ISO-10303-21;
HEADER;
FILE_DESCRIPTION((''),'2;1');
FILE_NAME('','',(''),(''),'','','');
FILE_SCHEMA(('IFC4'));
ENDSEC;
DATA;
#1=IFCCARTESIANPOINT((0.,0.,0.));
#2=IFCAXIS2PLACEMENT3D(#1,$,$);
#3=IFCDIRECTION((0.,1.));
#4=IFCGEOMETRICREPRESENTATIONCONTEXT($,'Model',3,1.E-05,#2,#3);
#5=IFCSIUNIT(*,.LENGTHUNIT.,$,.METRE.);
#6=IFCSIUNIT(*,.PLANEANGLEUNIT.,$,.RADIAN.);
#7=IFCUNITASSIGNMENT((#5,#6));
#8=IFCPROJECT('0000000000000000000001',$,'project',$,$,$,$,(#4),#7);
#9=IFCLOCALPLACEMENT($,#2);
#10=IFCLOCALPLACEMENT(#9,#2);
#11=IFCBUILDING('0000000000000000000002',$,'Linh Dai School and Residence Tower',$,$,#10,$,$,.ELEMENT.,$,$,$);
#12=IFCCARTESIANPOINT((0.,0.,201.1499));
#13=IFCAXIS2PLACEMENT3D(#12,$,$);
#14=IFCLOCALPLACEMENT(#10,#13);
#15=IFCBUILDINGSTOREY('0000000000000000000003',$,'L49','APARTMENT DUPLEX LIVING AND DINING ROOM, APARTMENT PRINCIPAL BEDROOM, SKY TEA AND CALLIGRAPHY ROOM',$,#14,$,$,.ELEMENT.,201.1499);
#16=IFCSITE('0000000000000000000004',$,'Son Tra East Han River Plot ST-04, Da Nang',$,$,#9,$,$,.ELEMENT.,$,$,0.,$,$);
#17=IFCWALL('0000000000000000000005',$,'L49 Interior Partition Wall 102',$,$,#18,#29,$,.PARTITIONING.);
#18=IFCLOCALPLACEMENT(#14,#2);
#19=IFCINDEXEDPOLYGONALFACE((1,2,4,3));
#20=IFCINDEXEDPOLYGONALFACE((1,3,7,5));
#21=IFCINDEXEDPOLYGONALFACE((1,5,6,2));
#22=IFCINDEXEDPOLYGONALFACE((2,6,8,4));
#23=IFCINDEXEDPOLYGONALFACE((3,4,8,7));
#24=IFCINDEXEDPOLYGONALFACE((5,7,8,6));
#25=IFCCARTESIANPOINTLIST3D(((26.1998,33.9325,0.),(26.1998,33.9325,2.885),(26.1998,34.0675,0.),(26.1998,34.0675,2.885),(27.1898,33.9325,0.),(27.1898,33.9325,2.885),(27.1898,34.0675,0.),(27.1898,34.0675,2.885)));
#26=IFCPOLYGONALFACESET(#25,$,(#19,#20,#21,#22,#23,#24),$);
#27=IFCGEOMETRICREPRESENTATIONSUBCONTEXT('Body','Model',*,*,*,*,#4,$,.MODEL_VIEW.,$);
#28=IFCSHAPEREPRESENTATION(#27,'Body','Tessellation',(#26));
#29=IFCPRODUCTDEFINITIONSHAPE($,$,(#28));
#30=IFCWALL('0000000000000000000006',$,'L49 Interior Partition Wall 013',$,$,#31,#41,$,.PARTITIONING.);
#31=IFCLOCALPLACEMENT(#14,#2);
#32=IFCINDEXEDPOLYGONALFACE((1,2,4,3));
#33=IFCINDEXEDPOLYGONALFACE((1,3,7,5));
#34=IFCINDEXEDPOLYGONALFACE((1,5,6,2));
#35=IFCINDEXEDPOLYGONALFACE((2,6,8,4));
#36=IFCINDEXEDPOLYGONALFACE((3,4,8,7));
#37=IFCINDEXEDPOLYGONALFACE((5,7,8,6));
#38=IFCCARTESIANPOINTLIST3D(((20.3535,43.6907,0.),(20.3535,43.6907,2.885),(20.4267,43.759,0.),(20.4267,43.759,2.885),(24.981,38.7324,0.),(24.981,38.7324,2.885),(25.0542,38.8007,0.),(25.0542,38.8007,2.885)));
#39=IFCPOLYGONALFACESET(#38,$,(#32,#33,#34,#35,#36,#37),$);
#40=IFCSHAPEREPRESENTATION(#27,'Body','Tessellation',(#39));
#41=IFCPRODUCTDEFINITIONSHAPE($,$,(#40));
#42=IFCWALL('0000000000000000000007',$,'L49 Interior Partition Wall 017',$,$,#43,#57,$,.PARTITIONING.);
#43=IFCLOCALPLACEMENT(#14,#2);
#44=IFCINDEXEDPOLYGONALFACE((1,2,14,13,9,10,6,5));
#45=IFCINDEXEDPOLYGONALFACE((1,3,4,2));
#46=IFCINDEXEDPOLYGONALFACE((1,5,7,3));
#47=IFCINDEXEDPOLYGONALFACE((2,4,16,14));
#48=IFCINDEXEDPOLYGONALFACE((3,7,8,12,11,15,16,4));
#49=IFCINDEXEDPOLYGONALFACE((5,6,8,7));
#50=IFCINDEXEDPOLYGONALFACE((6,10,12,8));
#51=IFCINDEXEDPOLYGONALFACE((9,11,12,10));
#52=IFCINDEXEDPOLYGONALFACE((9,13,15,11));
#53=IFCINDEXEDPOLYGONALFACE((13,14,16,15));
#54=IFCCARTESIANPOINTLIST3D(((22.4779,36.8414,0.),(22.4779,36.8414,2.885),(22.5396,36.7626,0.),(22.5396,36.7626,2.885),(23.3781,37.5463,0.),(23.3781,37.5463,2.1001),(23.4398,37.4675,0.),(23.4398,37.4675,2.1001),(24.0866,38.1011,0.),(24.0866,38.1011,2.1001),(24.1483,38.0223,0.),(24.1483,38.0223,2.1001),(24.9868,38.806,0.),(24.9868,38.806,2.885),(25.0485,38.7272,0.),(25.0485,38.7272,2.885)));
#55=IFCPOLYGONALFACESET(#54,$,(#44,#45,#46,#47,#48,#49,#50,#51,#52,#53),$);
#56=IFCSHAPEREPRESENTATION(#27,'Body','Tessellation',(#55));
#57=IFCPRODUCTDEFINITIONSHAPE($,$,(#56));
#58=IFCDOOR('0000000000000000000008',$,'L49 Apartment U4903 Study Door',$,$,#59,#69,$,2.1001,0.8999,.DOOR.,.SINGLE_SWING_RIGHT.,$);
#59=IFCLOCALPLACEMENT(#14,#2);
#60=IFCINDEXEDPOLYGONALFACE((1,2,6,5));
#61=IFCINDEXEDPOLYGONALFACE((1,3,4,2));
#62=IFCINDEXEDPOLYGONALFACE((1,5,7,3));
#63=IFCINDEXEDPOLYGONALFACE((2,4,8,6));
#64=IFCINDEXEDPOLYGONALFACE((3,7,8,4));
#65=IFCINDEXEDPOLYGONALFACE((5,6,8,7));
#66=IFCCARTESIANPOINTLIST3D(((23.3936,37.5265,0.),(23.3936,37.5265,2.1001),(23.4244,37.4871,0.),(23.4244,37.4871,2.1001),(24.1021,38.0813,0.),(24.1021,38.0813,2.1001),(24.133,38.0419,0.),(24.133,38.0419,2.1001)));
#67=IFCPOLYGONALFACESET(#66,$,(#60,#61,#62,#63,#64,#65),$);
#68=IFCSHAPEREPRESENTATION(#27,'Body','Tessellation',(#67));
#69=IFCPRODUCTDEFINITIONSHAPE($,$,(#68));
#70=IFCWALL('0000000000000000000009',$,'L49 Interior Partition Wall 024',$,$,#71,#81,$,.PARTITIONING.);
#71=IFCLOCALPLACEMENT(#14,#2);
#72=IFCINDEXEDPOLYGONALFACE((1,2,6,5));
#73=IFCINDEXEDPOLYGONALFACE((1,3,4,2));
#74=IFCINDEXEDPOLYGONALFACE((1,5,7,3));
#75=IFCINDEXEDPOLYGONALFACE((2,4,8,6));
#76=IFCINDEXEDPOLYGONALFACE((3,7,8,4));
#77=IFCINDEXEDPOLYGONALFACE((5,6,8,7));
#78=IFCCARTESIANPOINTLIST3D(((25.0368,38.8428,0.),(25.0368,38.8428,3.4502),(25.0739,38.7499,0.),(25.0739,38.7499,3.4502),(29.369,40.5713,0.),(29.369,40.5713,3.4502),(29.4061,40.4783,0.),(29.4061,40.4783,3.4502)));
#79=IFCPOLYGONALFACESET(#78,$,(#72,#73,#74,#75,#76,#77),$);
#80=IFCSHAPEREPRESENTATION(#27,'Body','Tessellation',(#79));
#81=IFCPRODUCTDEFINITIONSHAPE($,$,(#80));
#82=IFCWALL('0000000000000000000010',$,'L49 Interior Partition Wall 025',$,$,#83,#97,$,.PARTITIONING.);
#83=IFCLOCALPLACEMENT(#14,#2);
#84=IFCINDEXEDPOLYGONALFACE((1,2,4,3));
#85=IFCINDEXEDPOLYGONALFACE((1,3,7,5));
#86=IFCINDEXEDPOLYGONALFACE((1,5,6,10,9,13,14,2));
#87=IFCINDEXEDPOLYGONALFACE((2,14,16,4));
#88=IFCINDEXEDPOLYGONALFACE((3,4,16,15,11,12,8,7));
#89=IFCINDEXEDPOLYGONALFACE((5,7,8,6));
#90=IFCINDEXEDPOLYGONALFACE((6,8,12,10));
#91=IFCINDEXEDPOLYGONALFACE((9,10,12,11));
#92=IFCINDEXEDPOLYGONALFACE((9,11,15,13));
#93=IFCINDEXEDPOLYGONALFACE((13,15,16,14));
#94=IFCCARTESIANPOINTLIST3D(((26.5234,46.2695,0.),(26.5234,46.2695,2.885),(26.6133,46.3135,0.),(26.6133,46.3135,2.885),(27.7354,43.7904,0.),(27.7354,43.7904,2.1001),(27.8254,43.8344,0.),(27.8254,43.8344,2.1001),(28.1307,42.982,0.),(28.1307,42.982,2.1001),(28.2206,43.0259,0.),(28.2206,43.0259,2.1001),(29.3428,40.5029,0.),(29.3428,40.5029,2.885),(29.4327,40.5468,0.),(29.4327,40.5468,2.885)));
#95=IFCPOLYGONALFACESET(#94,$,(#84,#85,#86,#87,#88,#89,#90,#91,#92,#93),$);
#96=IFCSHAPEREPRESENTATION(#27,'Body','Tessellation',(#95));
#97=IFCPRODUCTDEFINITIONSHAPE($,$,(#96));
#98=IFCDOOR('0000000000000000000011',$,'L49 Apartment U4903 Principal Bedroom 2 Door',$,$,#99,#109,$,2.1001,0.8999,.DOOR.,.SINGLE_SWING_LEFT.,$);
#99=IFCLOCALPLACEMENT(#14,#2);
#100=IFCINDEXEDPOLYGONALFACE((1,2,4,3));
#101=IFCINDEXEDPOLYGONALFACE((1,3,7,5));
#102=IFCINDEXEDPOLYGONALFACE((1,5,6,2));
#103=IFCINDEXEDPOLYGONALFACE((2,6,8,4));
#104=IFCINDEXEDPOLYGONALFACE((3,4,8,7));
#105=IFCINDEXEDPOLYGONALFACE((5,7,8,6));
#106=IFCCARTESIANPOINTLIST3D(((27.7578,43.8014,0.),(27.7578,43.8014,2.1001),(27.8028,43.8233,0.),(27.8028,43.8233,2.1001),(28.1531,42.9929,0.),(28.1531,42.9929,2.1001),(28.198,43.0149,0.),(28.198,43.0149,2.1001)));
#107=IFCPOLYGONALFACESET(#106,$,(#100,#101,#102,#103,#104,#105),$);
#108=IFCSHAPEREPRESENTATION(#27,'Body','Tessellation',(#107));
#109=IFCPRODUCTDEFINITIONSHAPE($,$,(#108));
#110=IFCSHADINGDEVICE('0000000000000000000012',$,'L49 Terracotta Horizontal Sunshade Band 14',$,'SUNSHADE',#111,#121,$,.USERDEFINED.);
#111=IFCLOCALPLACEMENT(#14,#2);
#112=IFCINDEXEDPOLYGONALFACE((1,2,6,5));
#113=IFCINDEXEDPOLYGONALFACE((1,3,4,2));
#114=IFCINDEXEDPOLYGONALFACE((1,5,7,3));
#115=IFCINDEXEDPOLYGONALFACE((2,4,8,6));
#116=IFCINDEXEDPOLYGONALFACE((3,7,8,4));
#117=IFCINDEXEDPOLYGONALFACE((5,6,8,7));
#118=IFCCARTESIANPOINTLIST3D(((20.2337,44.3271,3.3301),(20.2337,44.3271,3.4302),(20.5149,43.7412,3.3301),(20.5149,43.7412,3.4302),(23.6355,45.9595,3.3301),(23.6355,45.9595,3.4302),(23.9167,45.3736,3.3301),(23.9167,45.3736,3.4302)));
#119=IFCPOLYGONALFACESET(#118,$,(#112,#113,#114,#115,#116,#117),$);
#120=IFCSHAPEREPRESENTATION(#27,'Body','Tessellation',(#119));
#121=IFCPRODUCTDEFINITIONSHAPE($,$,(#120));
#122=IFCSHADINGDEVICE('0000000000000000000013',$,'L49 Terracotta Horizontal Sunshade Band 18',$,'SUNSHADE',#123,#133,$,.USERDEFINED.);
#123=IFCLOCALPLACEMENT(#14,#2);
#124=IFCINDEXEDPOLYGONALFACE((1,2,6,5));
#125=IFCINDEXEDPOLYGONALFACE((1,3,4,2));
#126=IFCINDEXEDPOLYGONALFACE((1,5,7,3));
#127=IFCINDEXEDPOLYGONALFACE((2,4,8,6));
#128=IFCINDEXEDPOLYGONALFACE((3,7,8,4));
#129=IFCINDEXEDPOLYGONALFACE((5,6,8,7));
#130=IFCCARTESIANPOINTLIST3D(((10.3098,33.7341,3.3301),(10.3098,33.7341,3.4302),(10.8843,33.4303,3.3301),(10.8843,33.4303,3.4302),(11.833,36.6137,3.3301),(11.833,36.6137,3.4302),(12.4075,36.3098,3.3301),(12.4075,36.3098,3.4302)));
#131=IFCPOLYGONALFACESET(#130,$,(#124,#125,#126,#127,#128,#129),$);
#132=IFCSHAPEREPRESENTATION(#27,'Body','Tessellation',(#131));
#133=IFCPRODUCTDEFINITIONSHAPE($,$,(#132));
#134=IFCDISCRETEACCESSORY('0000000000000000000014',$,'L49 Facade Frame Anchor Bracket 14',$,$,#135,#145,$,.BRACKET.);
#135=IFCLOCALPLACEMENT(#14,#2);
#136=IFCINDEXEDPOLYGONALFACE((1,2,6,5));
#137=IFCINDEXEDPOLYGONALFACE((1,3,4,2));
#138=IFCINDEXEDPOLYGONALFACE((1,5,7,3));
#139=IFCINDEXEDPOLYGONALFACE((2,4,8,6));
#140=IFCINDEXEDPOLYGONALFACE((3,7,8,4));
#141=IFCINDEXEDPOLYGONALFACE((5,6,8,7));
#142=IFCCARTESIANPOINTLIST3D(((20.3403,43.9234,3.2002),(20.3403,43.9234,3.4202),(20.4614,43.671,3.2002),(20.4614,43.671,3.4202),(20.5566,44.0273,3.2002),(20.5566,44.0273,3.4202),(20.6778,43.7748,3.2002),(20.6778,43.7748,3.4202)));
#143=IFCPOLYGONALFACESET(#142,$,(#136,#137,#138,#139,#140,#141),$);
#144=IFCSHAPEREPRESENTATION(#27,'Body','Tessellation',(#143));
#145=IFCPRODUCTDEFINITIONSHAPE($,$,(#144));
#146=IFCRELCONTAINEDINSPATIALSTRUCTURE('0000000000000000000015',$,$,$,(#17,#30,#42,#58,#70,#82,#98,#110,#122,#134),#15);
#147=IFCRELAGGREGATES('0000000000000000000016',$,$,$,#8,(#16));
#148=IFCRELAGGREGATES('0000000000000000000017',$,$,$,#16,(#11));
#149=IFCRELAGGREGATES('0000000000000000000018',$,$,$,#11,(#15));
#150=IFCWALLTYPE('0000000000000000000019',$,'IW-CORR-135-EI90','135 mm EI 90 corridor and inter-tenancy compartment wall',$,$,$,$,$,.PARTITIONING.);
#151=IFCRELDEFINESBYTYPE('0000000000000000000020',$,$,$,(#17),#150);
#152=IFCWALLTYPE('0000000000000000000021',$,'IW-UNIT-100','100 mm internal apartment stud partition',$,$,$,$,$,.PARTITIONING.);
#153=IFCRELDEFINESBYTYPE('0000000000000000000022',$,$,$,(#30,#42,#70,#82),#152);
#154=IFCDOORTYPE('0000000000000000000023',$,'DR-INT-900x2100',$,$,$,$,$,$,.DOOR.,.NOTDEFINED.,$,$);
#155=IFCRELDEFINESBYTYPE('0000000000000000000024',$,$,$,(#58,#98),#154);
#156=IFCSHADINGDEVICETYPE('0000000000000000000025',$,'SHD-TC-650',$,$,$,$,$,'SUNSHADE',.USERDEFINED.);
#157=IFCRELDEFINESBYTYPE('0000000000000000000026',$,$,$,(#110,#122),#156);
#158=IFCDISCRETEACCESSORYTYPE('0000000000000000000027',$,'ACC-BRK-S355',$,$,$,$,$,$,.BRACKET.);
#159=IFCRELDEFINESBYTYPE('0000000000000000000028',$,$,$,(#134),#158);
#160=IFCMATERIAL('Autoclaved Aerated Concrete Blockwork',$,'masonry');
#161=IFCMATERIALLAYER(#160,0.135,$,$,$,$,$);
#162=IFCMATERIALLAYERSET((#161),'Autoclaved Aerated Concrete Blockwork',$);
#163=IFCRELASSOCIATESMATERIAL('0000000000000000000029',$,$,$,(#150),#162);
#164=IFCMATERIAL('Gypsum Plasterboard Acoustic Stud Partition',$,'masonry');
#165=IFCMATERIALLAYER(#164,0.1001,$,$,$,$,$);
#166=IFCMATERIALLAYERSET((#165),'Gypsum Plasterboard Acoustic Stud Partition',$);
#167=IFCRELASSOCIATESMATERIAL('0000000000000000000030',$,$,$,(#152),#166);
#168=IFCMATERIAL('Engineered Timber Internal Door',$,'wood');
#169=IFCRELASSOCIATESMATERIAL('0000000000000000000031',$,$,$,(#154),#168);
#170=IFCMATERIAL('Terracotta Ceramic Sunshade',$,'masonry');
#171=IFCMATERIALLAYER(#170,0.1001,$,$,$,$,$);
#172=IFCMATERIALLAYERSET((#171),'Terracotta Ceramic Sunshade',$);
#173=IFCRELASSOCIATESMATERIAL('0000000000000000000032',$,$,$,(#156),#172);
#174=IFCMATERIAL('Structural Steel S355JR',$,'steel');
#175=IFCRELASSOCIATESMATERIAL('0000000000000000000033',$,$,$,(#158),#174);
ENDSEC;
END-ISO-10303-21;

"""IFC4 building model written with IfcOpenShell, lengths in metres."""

from ifc_helpers import new_model, si_unit, direction, frame, frame_2d, origin, origin_2d, place, context, subcontext, project, spatial, rectangle, extrude, source, transform, mapped, material, layer, layer_set, type_object, element, fill, save


model = new_model("IFC4")

# Units and contexts
model_context = context("Model", 3, precision=1e-05, world=origin(), true_north=direction((0.0, 1.0)))
body_context = subcontext(model_context, "Body", "Model", "MODEL_VIEW")
ifc_project = project(units=[si_unit("LENGTHUNIT", "METRE"), si_unit("PLANEANGLEUNIT", "RADIAN")], contexts=[model_context])

# Site, building, storey
site_placement = place(None, origin())
site = spatial("IfcSite", under=ifc_project, at=site_placement, Name="Son Tra East Han River Plot ST-04, Da Nang", CompositionType="ELEMENT", RefElevation=0.0)
building_placement = place(site_placement, origin())
building = spatial("IfcBuilding", under=site, at=building_placement, Name="Linh Dai School and Residence Tower", CompositionType="ELEMENT")
storey_placement = place(building_placement, frame((0.0, 0.0, 201.1499)))
storey = spatial("IfcBuildingStorey", under=building, at=storey_placement, Name="L49", Description="APARTMENT DUPLEX LIVING AND DINING ROOM, APARTMENT PRINCIPAL BEDROOM, SKY TEA AND CALLIGRAPHY ROOM", CompositionType="ELEMENT", Elevation=201.1499)

# Shared definitions
ifc_material_1 = material(Name="Structural Steel S355JR", Category="steel")

# Shared definitions
ifc_material_2 = material(Name="Autoclaved Aerated Concrete Blockwork", Category="masonry")
ifc_layer_1 = layer(ifc_material_2, 0.135)
ifc_layer_set_1 = layer_set([ifc_layer_1], Name="Autoclaved Aerated Concrete Blockwork")
wall_type_1 = type_object("IfcWallType", Name="IW-CORR-135-EI90", Description="135 mm EI 90 corridor and inter-tenancy compartment wall", PredefinedType="PARTITIONING", material=ifc_layer_set_1)

# Walls
wall_1_placement = place(storey_placement, frame((27.1899, 34.0, 0.0), z_axis=(0.0, 0.0, 1.0), x_axis=(-1.0, 0.0, 0.0)))
element("IfcWall", 1, at=wall_1_placement, inside=storey, type_object=wall_type_1, Name="L49 Interior Partition Wall 102", PredefinedType="PARTITIONING", context=body_context, shape_type="SweptSolid", body=[
    extrude(rectangle(XDim=0.99, YDim=0.135, at=frame_2d((0.4951, 0.0))), origin(), (0.0, 0.0, 1.0), 2.885),
])
ifc_material_3 = material(Name="Gypsum Plasterboard Acoustic Stud Partition", Category="masonry")
ifc_layer_2 = layer(ifc_material_3, 0.1001)
ifc_layer_set_2 = layer_set([ifc_layer_2], Name="Gypsum Plasterboard Acoustic Stud Partition")
wall_type_2 = type_object("IfcWallType", Name="IW-UNIT-100", Description="100 mm internal apartment stud partition", PredefinedType="PARTITIONING", material=ifc_layer_set_2)
wall_2_placement = place(storey_placement, frame((20.3901, 43.7249, 0.0), z_axis=(0.0, 0.0, 1.0), x_axis=(0.682298, -0.731074, 0.0)))
element("IfcWall", 2, at=wall_2_placement, inside=storey, type_object=wall_type_2, Name="L49 Interior Partition Wall 013", PredefinedType="PARTITIONING", context=body_context, shape_type="SweptSolid", body=[
    extrude(rectangle(XDim=6.7822, YDim=0.1001, at=frame_2d((3.3911, 0.0))), origin(), (0.0, 0.0, 1.0), 2.885),
])

# Wall, opening, door
wall_3_placement = place(storey_placement, frame((22.5088, 36.802, 0.0), z_axis=(0.0, 0.0, 1.0), x_axis=(0.787322, 0.616542, 0.0)))
wall_3 = element("IfcWall", 3, at=wall_3_placement, inside=storey, type_object=wall_type_2, Name="L49 Interior Partition Wall 017", PredefinedType="PARTITIONING", context=body_context, shape_type="SweptSolid", body=[
    extrude(rectangle(XDim=3.1865, YDim=0.1001, at=frame_2d((1.5933, 0.0))), origin(), (0.0, 0.0, 1.0), 2.885),
])
opening_1_placement = place(wall_3_placement, frame((1.1433, 0.0, 0.0)))
opening_1 = element("IfcOpeningElement", 4, at=opening_1_placement, cuts=wall_3, PredefinedType="OPENING", context=body_context, shape_type="SweptSolid", body=[
    extrude(rectangle(XDim=0.8999, YDim=2.1001, at=origin_2d()), frame((0.45, 0.0601, 1.05), z_axis=(0.0, -1.0, 0.0), x_axis=(1.0, 0.0, 0.0)), (0.0, 0.0, 1.0), 0.1201),
])
ifc_material_4 = material(Name="Engineered Timber Internal Door", Category="wood")
door_type_1 = type_object("IfcDoorType", Name="DR-INT-900x2100", OperationType="NOTDEFINED", PredefinedType="DOOR", material=ifc_material_4)
shared_shape_1 = source(origin(), body_context, "Body", "SweptSolid", [
    extrude(rectangle(XDim=0.8999, YDim=2.1001, at=origin_2d()), frame((0.45, 0.0249, 1.05), z_axis=(0.0, -1.0, 0.0), x_axis=(1.0, 0.0, 0.0)), (0.0, 0.0, 1.0), 0.05),
])
door_1_placement = place(opening_1_placement, origin())
door_1 = element("IfcDoor", 5, at=door_1_placement, inside=storey, type_object=door_type_1, Name="L49 Apartment U4903 Study Door", OperationType="SINGLE_SWING_RIGHT", OverallHeight=2.1001, OverallWidth=0.8999, PredefinedType="DOOR", context=body_context, shape_type="MappedRepresentation", body=[
    mapped(shared_shape_1, transform((0.0, 0.0, 0.0), x_axis=(1.0, 0.0, 0.0), y_axis=(0.0, 1.0, 0.0), z_axis=(0.0, 0.0, 1.0), scale=1.0)),
])
fill(opening_1, door_1)

# Wall
wall_4_placement = place(storey_placement, frame((25.0554, 38.7964, 0.0), z_axis=(0.0, 0.0, 1.0), x_axis=(0.928801, 0.370578, 0.0)))
element("IfcWall", 6, at=wall_4_placement, inside=storey, type_object=wall_type_2, Name="L49 Interior Partition Wall 024", PredefinedType="PARTITIONING", context=body_context, shape_type="SweptSolid", body=[
    extrude(rectangle(XDim=4.6643, YDim=0.1001, at=frame_2d((2.332, 0.0))), origin(), (0.0, 0.0, 1.0), 3.4502),
])

# Wall, opening, door
wall_5_placement = place(storey_placement, frame((26.5684, 46.2915, 0.0), z_axis=(0.0, 0.0, 1.0), x_axis=(0.439224, -0.898378, 0.0)))
wall_5 = element("IfcWall", 7, at=wall_5_placement, inside=storey, type_object=wall_type_2, Name="L49 Interior Partition Wall 025", PredefinedType="PARTITIONING", context=body_context, shape_type="SweptSolid", body=[
    extrude(rectangle(XDim=6.4189, YDim=0.1001, at=frame_2d((3.2095, 0.0))), origin(), (0.0, 0.0, 1.0), 2.885),
])
opening_2_placement = place(wall_5_placement, frame((2.7595, 0.0, 0.0)))
opening_2 = element("IfcOpeningElement", 8, at=opening_2_placement, cuts=wall_5, PredefinedType="OPENING", context=body_context, shape_type="SweptSolid", body=[
    extrude(rectangle(XDim=0.8999, YDim=2.1001, at=origin_2d()), frame((0.45, 0.0601, 1.05), z_axis=(0.0, -1.0, 0.0), x_axis=(1.0, 0.0, 0.0)), (0.0, 0.0, 1.0), 0.1201),
])
door_2_placement = place(opening_2_placement, origin())
door_2 = element("IfcDoor", 9, at=door_2_placement, inside=storey, type_object=door_type_1, Name="L49 Apartment U4903 Principal Bedroom 2 Door", OperationType="SINGLE_SWING_LEFT", OverallHeight=2.1001, OverallWidth=0.8999, PredefinedType="DOOR", context=body_context, shape_type="MappedRepresentation", body=[
    mapped(shared_shape_1, transform((0.0, 0.0, 0.0), x_axis=(1.0, 0.0, 0.0), y_axis=(0.0, 1.0, 0.0), z_axis=(0.0, 0.0, 1.0), scale=1.0)),
])
fill(opening_2, door_2)

# Shading devices
ifc_material_5 = material(Name="Terracotta Ceramic Sunshade", Category="masonry")
ifc_layer_3 = layer(ifc_material_5, 0.1001)
ifc_layer_set_3 = layer_set([ifc_layer_3], Name="Terracotta Ceramic Sunshade")
shading_device_type = type_object("IfcShadingDeviceType", Name="SHD-TC-650", ElementType="SUNSHADE", PredefinedType="USERDEFINED", material=ifc_layer_set_3)
shared_shape_2 = source(origin(), body_context, "Body", "SweptSolid", [
    extrude(rectangle(XDim=3.7732, YDim=0.6499, at=origin_2d()), origin(), (0.0, 0.0, 1.0), 0.1001),
])
shading_device_1_placement = place(storey_placement, frame((22.0752, 44.8503, 3.3301), z_axis=(0.0, 0.0, 1.0), x_axis=(0.901569, 0.432635, 0.0)))
element("IfcShadingDevice", 10, at=shading_device_1_placement, inside=storey, type_object=shading_device_type, Name="L49 Terracotta Horizontal Sunshade Band 14", ObjectType="SUNSHADE", PredefinedType="USERDEFINED", context=body_context, shape_type="MappedRepresentation", body=[
    mapped(shared_shape_2, transform((0.0, 0.0, 0.0), x_axis=(1.0, 0.0, 0.0), y_axis=(0.0, 1.0, 0.0), z_axis=(0.0, 0.0, 1.0), scale=1.0)),
])
shared_shape_3 = source(origin(), body_context, "Body", "SweptSolid", [
    extrude(rectangle(XDim=3.2576, YDim=0.6499, at=origin_2d()), origin(), (0.0, 0.0, 1.0), 0.1001),
])
shading_device_2_placement = place(storey_placement, frame((11.3586, 35.022, 3.3301), z_axis=(0.0, 0.0, 1.0), x_axis=(0.46758, 0.883951, 0.0)))
element("IfcShadingDevice", 11, at=shading_device_2_placement, inside=storey, type_object=shading_device_type, Name="L49 Terracotta Horizontal Sunshade Band 18", ObjectType="SUNSHADE", PredefinedType="USERDEFINED", context=body_context, shape_type="MappedRepresentation", body=[
    mapped(shared_shape_3, transform((0.0, 0.0, 0.0), x_axis=(1.0, 0.0, 0.0), y_axis=(0.0, 1.0, 0.0), z_axis=(0.0, 0.0, 1.0), scale=1.0)),
])

# Discrete accessory
discrete_accessory_type = type_object("IfcDiscreteAccessoryType", Name="ACC-BRK-S355", PredefinedType="BRACKET", material=ifc_material_1)
shared_shape_4 = source(origin(), body_context, "Body", "SweptSolid", [
    extrude(rectangle(XDim=0.28, YDim=0.24, at=origin_2d()), origin(), (0.0, 0.0, 1.0), 0.22),
])
discrete_accessory_placement = place(storey_placement, frame((20.509, 43.8491, 3.2002), z_axis=(0.0, 0.0, 1.0), x_axis=(-0.432635, 0.901569, 0.0)))
element("IfcDiscreteAccessory", 12, at=discrete_accessory_placement, inside=storey, type_object=discrete_accessory_type, Name="L49 Facade Frame Anchor Bracket 14", PredefinedType="BRACKET", context=body_context, shape_type="MappedRepresentation", body=[
    mapped(shared_shape_4, transform((0.0, 0.0, 0.0), x_axis=(1.0, 0.0, 0.0), y_axis=(0.0, 1.0, 0.0), z_axis=(0.0, 0.0, 1.0), scale=1.0)),
])

save(model, "model.ifc")
